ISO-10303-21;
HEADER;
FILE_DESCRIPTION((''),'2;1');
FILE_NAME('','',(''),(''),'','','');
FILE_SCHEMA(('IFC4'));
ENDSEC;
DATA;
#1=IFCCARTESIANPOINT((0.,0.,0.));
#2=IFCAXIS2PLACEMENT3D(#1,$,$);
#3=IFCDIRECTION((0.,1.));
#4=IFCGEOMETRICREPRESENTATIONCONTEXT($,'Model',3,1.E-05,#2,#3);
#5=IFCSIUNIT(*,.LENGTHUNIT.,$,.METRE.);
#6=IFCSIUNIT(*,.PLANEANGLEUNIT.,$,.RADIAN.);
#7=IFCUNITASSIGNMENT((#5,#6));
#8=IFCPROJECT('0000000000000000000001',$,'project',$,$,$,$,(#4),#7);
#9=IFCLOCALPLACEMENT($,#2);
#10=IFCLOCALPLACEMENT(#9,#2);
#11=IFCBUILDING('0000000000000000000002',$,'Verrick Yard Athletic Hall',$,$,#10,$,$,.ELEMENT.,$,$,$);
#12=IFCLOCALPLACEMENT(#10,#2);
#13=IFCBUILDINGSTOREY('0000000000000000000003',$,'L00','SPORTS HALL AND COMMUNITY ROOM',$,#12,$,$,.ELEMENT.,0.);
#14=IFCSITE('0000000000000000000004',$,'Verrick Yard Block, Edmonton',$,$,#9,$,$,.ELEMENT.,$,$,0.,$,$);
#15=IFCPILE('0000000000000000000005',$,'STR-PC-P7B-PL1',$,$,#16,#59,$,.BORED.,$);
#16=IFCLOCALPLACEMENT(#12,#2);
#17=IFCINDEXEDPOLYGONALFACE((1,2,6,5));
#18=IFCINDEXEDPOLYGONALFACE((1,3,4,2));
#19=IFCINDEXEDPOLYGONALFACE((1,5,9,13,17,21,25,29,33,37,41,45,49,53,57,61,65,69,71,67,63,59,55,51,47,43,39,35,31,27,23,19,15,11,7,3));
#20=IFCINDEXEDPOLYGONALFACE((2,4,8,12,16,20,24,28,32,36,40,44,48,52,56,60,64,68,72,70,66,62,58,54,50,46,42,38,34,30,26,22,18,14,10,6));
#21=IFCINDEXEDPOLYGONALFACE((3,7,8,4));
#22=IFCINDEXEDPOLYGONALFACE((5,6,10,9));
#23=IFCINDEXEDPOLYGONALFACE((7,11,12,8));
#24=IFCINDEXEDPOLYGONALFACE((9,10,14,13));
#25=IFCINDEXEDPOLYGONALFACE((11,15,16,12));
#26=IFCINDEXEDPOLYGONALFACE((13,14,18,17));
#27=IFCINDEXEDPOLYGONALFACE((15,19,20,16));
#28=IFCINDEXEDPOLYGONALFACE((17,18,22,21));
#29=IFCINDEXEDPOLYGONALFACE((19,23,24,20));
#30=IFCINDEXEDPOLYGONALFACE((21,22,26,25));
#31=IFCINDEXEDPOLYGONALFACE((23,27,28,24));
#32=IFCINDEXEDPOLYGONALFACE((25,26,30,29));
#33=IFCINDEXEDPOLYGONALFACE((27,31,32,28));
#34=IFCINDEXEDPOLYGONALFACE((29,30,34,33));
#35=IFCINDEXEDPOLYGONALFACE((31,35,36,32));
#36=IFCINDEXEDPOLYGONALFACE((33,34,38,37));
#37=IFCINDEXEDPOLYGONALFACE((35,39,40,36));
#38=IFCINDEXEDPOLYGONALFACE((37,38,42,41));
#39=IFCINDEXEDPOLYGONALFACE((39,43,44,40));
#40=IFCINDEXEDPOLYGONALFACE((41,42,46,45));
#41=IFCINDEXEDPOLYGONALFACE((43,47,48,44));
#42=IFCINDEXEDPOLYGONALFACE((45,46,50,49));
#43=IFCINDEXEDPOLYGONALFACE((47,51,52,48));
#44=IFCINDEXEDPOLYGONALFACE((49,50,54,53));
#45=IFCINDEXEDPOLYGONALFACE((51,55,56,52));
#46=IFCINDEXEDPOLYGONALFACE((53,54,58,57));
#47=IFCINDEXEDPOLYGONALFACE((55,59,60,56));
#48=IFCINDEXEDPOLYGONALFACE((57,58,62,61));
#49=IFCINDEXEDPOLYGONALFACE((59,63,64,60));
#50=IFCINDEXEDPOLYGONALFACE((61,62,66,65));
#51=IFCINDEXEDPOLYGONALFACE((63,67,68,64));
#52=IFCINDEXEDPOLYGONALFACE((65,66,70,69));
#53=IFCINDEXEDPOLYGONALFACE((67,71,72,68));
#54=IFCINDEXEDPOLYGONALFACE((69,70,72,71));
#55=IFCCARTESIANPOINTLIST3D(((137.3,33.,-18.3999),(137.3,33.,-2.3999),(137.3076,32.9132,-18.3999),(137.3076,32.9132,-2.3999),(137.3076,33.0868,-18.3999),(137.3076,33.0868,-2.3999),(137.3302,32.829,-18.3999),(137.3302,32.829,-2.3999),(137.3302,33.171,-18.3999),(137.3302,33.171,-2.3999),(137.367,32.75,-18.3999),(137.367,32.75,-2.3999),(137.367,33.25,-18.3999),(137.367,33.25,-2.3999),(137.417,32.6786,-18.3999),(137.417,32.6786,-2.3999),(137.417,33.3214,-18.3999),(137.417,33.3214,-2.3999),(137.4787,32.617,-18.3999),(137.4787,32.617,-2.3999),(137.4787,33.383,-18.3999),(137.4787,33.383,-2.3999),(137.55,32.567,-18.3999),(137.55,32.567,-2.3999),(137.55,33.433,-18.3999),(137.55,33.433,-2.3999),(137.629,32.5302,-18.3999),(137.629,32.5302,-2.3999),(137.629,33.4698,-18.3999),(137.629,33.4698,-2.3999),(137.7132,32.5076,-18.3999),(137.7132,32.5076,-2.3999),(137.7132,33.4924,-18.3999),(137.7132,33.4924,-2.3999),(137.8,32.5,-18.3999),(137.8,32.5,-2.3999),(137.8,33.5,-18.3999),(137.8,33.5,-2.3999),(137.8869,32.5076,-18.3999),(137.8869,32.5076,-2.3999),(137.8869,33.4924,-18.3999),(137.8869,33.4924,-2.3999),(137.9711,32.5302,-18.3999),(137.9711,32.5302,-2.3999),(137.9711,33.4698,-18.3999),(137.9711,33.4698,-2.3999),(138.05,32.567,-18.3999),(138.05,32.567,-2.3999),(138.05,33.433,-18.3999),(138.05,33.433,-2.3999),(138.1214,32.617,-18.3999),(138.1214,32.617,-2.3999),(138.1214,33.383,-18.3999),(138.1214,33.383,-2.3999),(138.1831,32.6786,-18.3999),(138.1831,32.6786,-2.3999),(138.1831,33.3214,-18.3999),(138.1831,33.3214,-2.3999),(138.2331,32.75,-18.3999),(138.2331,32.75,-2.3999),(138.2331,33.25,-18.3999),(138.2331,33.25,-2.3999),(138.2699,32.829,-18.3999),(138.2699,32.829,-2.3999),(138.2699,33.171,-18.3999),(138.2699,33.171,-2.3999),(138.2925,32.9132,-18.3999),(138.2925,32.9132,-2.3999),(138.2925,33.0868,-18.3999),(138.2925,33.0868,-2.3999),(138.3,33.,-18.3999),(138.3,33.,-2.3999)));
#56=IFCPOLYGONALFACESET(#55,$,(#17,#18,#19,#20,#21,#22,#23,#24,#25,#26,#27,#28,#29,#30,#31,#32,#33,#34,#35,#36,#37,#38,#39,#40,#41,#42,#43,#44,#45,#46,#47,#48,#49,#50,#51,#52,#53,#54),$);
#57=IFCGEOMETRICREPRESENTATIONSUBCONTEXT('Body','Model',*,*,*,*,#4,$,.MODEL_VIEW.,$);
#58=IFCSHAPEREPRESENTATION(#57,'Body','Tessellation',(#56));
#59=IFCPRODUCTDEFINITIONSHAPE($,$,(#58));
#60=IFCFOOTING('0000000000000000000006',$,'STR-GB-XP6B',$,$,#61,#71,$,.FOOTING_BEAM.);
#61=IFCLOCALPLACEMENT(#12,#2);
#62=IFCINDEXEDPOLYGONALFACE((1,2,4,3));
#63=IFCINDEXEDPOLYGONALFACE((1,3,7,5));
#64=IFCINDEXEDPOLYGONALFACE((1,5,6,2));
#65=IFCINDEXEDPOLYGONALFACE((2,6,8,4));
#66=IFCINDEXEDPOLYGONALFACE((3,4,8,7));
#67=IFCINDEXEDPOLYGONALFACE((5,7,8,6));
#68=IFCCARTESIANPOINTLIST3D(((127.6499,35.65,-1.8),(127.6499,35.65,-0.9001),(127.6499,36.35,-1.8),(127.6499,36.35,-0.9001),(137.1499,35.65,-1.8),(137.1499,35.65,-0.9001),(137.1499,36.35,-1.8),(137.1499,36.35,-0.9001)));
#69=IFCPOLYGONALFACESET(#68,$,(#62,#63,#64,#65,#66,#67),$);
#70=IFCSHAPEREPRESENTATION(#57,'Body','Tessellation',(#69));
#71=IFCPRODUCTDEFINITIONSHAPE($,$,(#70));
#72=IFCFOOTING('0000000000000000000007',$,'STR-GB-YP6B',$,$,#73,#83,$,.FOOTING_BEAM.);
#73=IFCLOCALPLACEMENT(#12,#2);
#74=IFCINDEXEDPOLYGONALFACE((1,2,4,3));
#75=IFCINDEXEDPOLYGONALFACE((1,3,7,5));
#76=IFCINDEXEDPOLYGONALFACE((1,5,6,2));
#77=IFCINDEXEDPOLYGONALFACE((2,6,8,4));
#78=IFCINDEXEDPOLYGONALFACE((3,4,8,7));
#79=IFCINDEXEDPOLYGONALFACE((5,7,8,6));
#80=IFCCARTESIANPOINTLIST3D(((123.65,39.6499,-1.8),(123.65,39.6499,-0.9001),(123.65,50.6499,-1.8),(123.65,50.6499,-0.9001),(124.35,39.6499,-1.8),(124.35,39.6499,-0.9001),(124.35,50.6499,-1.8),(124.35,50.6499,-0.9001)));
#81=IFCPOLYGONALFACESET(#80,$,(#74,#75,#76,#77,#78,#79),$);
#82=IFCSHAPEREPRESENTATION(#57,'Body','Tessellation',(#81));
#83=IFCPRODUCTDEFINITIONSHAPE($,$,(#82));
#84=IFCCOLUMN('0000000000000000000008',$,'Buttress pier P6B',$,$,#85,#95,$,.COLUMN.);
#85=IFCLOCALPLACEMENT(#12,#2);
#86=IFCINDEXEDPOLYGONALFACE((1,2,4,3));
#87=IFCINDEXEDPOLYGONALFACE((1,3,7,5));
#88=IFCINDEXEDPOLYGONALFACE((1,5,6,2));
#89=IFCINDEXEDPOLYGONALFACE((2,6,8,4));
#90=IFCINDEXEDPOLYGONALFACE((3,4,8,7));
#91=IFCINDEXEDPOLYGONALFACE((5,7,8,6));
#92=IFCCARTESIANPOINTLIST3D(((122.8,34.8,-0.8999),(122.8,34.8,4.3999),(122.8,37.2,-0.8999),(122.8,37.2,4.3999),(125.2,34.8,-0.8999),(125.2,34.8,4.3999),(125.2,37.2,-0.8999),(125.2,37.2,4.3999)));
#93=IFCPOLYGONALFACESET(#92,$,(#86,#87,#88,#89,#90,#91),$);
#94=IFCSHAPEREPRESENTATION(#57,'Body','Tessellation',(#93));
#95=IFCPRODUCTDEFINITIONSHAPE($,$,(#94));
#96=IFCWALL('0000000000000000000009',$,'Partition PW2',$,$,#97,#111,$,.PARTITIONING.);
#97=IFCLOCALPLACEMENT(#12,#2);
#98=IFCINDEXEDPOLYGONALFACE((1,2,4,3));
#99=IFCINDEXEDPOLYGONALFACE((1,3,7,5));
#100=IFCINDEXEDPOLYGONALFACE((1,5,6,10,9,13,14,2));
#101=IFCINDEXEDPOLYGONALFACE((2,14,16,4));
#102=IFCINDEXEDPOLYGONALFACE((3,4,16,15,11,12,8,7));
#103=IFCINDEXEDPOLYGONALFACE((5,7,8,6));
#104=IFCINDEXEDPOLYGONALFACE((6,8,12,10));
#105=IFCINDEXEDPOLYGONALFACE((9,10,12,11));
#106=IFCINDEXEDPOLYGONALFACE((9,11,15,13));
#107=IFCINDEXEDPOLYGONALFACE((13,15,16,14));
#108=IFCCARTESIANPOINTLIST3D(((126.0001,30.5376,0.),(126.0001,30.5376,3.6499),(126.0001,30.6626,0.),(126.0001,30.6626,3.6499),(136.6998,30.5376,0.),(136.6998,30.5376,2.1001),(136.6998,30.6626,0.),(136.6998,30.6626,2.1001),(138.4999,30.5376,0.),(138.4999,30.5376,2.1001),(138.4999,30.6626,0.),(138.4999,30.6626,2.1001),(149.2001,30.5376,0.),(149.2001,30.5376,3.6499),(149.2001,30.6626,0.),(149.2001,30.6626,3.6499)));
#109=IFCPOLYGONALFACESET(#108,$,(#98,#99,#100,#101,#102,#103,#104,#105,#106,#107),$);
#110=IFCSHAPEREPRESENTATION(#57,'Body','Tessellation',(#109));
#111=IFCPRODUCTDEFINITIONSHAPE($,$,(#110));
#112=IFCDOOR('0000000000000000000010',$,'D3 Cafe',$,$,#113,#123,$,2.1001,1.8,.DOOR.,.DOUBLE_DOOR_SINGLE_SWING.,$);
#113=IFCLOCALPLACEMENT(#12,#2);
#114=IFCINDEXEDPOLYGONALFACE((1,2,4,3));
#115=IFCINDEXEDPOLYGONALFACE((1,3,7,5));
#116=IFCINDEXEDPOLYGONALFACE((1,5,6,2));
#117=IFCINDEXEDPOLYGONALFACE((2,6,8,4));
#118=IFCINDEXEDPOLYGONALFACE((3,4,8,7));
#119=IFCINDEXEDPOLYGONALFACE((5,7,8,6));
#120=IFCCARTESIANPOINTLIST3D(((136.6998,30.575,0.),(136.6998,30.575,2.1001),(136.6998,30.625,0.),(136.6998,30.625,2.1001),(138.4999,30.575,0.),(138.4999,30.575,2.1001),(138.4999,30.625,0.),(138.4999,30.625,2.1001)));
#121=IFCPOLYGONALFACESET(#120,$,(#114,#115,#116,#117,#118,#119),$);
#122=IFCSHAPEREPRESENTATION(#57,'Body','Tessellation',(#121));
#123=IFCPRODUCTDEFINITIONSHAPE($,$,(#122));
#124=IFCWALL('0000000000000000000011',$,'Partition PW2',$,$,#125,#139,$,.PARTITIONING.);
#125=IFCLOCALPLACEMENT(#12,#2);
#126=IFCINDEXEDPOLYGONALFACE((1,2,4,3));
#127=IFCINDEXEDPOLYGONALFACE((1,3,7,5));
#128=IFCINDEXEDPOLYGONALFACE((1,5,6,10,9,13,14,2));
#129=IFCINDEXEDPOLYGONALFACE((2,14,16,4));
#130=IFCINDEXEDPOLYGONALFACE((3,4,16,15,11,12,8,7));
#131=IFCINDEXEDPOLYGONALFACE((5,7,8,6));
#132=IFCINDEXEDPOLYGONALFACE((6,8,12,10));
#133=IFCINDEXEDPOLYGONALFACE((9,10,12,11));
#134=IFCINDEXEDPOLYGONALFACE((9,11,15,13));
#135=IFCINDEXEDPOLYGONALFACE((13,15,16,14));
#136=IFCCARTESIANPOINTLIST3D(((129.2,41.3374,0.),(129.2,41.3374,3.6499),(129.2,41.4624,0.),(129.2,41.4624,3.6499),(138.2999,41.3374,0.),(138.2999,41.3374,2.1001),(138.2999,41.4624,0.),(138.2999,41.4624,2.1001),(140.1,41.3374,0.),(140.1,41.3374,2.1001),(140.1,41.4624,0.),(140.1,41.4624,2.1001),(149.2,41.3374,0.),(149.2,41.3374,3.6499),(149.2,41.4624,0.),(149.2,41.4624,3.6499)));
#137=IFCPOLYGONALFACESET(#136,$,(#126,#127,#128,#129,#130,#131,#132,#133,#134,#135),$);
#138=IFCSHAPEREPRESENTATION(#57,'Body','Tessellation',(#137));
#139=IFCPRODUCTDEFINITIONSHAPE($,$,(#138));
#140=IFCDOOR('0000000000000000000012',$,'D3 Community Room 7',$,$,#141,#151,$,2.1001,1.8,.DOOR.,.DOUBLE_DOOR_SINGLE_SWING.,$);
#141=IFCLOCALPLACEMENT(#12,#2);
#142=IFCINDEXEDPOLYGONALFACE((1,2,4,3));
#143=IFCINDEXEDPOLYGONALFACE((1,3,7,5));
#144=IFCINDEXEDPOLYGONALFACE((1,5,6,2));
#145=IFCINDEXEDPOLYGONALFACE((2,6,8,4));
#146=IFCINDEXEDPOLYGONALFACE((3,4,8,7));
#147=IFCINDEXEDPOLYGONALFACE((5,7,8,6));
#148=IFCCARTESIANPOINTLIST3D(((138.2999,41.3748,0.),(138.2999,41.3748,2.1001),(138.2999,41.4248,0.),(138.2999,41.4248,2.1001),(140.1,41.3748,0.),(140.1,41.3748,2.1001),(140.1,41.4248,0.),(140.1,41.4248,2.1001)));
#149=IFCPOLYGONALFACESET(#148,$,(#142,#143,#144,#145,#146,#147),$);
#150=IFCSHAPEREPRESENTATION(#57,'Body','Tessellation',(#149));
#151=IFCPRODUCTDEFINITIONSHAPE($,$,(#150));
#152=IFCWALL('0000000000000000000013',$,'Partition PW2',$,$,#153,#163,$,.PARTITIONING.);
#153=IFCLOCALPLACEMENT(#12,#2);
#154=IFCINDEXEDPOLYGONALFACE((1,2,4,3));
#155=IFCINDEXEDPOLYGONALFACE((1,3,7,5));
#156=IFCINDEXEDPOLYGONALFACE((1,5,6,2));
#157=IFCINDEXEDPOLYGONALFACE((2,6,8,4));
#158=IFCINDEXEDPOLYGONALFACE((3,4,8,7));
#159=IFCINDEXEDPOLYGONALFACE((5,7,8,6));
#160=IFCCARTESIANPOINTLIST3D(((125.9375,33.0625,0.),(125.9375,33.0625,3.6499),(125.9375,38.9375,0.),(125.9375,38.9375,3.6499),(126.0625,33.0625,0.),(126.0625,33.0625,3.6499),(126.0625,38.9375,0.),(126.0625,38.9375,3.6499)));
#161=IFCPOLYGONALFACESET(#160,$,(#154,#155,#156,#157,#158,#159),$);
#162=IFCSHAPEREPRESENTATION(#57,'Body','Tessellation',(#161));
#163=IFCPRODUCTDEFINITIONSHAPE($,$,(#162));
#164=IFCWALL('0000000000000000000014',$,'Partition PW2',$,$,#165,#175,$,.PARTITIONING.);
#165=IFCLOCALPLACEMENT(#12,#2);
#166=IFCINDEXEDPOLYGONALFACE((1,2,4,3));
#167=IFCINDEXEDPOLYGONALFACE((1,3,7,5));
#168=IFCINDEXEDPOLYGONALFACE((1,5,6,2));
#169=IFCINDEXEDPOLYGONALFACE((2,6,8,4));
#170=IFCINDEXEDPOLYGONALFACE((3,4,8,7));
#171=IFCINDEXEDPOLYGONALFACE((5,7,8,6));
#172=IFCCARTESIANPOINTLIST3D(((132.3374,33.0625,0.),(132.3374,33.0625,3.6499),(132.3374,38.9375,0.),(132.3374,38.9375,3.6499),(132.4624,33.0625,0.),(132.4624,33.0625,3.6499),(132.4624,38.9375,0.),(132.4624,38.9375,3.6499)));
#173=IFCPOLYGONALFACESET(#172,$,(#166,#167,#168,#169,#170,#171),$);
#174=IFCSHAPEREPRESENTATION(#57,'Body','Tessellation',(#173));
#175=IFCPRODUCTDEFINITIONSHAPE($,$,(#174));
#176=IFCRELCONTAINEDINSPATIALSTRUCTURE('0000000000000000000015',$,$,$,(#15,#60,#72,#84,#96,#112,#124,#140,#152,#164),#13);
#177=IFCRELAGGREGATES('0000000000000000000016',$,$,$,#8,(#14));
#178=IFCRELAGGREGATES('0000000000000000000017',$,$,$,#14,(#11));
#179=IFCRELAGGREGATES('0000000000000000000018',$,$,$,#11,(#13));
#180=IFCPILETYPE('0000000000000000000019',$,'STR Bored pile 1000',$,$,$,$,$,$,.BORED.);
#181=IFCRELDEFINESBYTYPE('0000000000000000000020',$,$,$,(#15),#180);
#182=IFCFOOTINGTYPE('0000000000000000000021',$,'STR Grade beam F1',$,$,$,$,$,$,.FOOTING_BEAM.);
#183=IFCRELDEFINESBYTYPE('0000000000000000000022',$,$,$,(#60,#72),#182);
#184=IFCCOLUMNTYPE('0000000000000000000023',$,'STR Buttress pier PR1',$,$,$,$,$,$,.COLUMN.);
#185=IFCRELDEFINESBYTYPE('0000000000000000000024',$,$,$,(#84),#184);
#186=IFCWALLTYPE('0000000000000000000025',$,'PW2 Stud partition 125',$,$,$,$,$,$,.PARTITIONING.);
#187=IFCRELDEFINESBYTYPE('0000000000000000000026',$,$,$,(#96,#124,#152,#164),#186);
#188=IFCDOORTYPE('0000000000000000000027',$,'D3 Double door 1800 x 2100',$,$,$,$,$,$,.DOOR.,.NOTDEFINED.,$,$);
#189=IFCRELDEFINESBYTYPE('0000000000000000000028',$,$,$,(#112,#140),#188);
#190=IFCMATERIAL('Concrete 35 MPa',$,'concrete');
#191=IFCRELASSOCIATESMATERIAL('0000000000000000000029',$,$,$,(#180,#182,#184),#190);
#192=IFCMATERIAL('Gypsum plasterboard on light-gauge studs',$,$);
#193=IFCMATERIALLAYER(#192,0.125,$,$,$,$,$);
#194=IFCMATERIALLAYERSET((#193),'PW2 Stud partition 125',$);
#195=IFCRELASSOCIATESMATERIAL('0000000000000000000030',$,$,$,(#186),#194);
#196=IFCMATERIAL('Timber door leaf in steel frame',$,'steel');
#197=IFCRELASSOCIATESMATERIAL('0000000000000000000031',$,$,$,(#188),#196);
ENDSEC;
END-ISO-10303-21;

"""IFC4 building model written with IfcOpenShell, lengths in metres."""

from ifc_helpers import new_model, si_unit, direction, frame, frame_2d, origin, origin_2d, place, context, subcontext, project, spatial, rectangle, circle, extrude, material, layer, layer_set, material_profile, profile_set, type_object, element, fill, save


model = new_model("IFC4")

# Units and contexts
model_context = context("Model", 3, precision=1e-05, world=origin(), true_north=direction((0.0, 1.0)))
body_context = subcontext(model_context, "Body", "Model", "MODEL_VIEW")
ifc_project = project(units=[si_unit("LENGTHUNIT", "METRE"), si_unit("PLANEANGLEUNIT", "RADIAN")], contexts=[model_context])

# Site, building, storey
site_placement = place(None, origin())
site = spatial("IfcSite", under=ifc_project, at=site_placement, Name="Verrick Yard Block, Edmonton", CompositionType="ELEMENT", RefElevation=0.0)
building_placement = place(site_placement, origin())
building = spatial("IfcBuilding", under=site, at=building_placement, Name="Verrick Yard Athletic Hall", CompositionType="ELEMENT")
storey_placement = place(building_placement, origin())
storey = spatial("IfcBuildingStorey", under=building, at=storey_placement, Name="L00", Description="SPORTS HALL AND COMMUNITY ROOM", CompositionType="ELEMENT", Elevation=0.0)

# Pile
ifc_material_1 = material(Name="Concrete 35 MPa", Category="concrete")
pile_type = type_object("IfcPileType", Name="STR Bored pile 1000", PredefinedType="BORED", material=ifc_material_1)
for number, where, z_axis, x_axis, name in (
    (1, (137.8, 33.0, -2.3999), (0.0, 0.0, -1.0), (1.0, 0.0, 0.0), "STR-PC-P7B-PL1"),
):
    element("IfcPile", number, at=place(storey_placement, frame(where, z_axis=z_axis, x_axis=x_axis)), inside=storey, type_object=pile_type, Name=name, PredefinedType="BORED", context=body_context, shape_type="SweptSolid", body=[
        extrude(circle(Radius=0.5, at=origin_2d()), origin(), (0.0, 0.0, 1.0), 16.0),
    ])

# Footings
ifc_material_profile_1 = material_profile(ifc_material_1, rectangle(XDim=0.7, YDim=0.8999, at=origin_2d()), Name="STR Grade beam F1")
ifc_profile_set_1 = profile_set([ifc_material_profile_1], Name="Concrete 35 MPa")
footing_type = type_object("IfcFootingType", Name="STR Grade beam F1", PredefinedType="FOOTING_BEAM", material=ifc_profile_set_1)
footing_1_placement = place(storey_placement, frame((127.6499, 36.0, -1.3501), z_axis=(1.0, 0.0, 0.0), x_axis=(0.0, 1.0, 0.0)))
element("IfcFooting", 2, at=footing_1_placement, inside=storey, type_object=footing_type, Name="STR-GB-XP6B", PredefinedType="FOOTING_BEAM", context=body_context, shape_type="SweptSolid", body=[
    extrude(rectangle(XDim=0.7, YDim=0.8999, at=origin_2d()), origin(), (0.0, 0.0, 1.0), 9.5),
])
footing_2_placement = place(storey_placement, frame((124.0, 39.6499, -1.3501), z_axis=(0.0, 1.0, 0.0), x_axis=(-1.0, 0.0, 0.0)))
element("IfcFooting", 3, at=footing_2_placement, inside=storey, type_object=footing_type, Name="STR-GB-YP6B", PredefinedType="FOOTING_BEAM", context=body_context, shape_type="SweptSolid", body=[
    extrude(rectangle(XDim=0.7, YDim=0.8999, at=origin_2d()), origin(), (0.0, 0.0, 1.0), 11.0),
])

# Column
ifc_material_profile_2 = material_profile(ifc_material_1, rectangle(XDim=2.3999, YDim=2.3999, at=origin_2d()), Name="STR Buttress pier PR1")
ifc_profile_set_2 = profile_set([ifc_material_profile_2], Name="Concrete 35 MPa")
column_type = type_object("IfcColumnType", Name="STR Buttress pier PR1", PredefinedType="COLUMN", material=ifc_profile_set_2)
column_placement = place(storey_placement, frame((124.0, 36.0, -0.8999), z_axis=(0.0, 0.0, 1.0), x_axis=(1.0, 0.0, 0.0)))
element("IfcColumn", 4, at=column_placement, inside=storey, type_object=column_type, Name="Buttress pier P6B", PredefinedType="COLUMN", context=body_context, shape_type="SweptSolid", body=[
    extrude(rectangle(XDim=2.3999, YDim=2.3999, at=origin_2d()), origin(), (0.0, 0.0, 1.0), 5.2998),
])

# Walls, openings, doors
ifc_material_2 = material(Name="Gypsum plasterboard on light-gauge studs")
ifc_layer_1 = layer(ifc_material_2, 0.125)
ifc_layer_set_1 = layer_set([ifc_layer_1], Name="PW2 Stud partition 125")
wall_type_1 = type_object("IfcWallType", Name="PW2 Stud partition 125", PredefinedType="PARTITIONING", material=ifc_layer_set_1)
wall_1_placement = place(storey_placement, frame((126.0, 30.6001, 0.0), z_axis=(0.0, 0.0, 1.0), x_axis=(1.0, 0.0, 0.0)))
wall_1 = element("IfcWall", 5, at=wall_1_placement, inside=storey, type_object=wall_type_1, Name="Partition PW2", PredefinedType="PARTITIONING", context=body_context, shape_type="SweptSolid", body=[
    extrude(rectangle(XDim=23.2, YDim=0.125, at=frame_2d((11.6001, 0.0))), origin(), (0.0, 0.0, 1.0), 3.6499),
])
opening_1_placement = place(wall_1_placement, frame((10.7, 0.0, 0.0)))
opening_1 = element("IfcOpeningElement", 6, at=opening_1_placement, cuts=wall_1, PredefinedType="OPENING", context=body_context, shape_type="SweptSolid", body=[
    extrude(rectangle(XDim=1.8, YDim=2.1001, at=frame_2d((0.8999, 1.05))), frame((0.0, 0.0725, 0.0), z_axis=(0.0, -1.0, 0.0), x_axis=(1.0, 0.0, 0.0)), (0.0, 0.0, 1.0), 0.145),
])
ifc_material_3 = material(Name="Timber door leaf in steel frame", Category="steel")
door_type = type_object("IfcDoorType", Name="D3 Double door 1800 x 2100", OperationType="NOTDEFINED", PredefinedType="DOOR", material=ifc_material_3)
door_1_placement = place(opening_1_placement, origin())
door_1 = element("IfcDoor", 7, at=door_1_placement, inside=storey, type_object=door_type, Name="D3 Cafe", OperationType="DOUBLE_DOOR_SINGLE_SWING", OverallHeight=2.1001, OverallWidth=1.8, PredefinedType="DOOR", context=body_context, shape_type="SweptSolid", body=[
    extrude(rectangle(XDim=1.8, YDim=2.1001, at=frame_2d((0.8999, 1.05))), frame((0.0, 0.0249, 0.0), z_axis=(0.0, -1.0, 0.0), x_axis=(1.0, 0.0, 0.0)), (0.0, 0.0, 1.0), 0.05),
])
fill(opening_1, door_1)
wall_2_placement = place(storey_placement, frame((129.2, 41.3999, 0.0), z_axis=(0.0, 0.0, 1.0), x_axis=(1.0, 0.0, 0.0)))
wall_2 = element("IfcWall", 8, at=wall_2_placement, inside=storey, type_object=wall_type_1, Name="Partition PW2", PredefinedType="PARTITIONING", context=body_context, shape_type="SweptSolid", body=[
    extrude(rectangle(XDim=20.0, YDim=0.125, at=frame_2d((10.0, 0.0))), origin(), (0.0, 0.0, 1.0), 3.6499),
])
opening_2_placement = place(wall_2_placement, frame((9.1001, 0.0, 0.0)))
opening_2 = element("IfcOpeningElement", 9, at=opening_2_placement, cuts=wall_2, PredefinedType="OPENING", context=body_context, shape_type="SweptSolid", body=[
    extrude(rectangle(XDim=1.8, YDim=2.1001, at=frame_2d((0.8999, 1.05))), frame((0.0, 0.0725, 0.0), z_axis=(0.0, -1.0, 0.0), x_axis=(1.0, 0.0, 0.0)), (0.0, 0.0, 1.0), 0.145),
])
door_2_placement = place(opening_2_placement, origin())
door_2 = element("IfcDoor", 10, at=door_2_placement, inside=storey, type_object=door_type, Name="D3 Community Room 7", OperationType="DOUBLE_DOOR_SINGLE_SWING", OverallHeight=2.1001, OverallWidth=1.8, PredefinedType="DOOR", context=body_context, shape_type="SweptSolid", body=[
    extrude(rectangle(XDim=1.8, YDim=2.1001, at=frame_2d((0.8999, 1.05))), frame((0.0, 0.0249, 0.0), z_axis=(0.0, -1.0, 0.0), x_axis=(1.0, 0.0, 0.0)), (0.0, 0.0, 1.0), 0.05),
])
fill(opening_2, door_2)

# Walls
for number, where, z_axis, x_axis, name in (
    (11, (126.0, 33.0625, 0.0), (0.0, 0.0, 1.0), (0.0, 1.0, 0.0), "Partition PW2"),
    (12, (132.3999, 33.0625, 0.0), (0.0, 0.0, 1.0), (0.0, 1.0, 0.0), "Partition PW2"),
):
    element("IfcWall", number, at=place(storey_placement, frame(where, z_axis=z_axis, x_axis=x_axis)), inside=storey, type_object=wall_type_1, Name=name, PredefinedType="PARTITIONING", context=body_context, shape_type="SweptSolid", body=[
        extrude(rectangle(XDim=5.875, YDim=0.125, at=frame_2d((2.9375, 0.0))), origin(), (0.0, 0.0, 1.0), 3.6499),
    ])

save(model, "model.ifc")
